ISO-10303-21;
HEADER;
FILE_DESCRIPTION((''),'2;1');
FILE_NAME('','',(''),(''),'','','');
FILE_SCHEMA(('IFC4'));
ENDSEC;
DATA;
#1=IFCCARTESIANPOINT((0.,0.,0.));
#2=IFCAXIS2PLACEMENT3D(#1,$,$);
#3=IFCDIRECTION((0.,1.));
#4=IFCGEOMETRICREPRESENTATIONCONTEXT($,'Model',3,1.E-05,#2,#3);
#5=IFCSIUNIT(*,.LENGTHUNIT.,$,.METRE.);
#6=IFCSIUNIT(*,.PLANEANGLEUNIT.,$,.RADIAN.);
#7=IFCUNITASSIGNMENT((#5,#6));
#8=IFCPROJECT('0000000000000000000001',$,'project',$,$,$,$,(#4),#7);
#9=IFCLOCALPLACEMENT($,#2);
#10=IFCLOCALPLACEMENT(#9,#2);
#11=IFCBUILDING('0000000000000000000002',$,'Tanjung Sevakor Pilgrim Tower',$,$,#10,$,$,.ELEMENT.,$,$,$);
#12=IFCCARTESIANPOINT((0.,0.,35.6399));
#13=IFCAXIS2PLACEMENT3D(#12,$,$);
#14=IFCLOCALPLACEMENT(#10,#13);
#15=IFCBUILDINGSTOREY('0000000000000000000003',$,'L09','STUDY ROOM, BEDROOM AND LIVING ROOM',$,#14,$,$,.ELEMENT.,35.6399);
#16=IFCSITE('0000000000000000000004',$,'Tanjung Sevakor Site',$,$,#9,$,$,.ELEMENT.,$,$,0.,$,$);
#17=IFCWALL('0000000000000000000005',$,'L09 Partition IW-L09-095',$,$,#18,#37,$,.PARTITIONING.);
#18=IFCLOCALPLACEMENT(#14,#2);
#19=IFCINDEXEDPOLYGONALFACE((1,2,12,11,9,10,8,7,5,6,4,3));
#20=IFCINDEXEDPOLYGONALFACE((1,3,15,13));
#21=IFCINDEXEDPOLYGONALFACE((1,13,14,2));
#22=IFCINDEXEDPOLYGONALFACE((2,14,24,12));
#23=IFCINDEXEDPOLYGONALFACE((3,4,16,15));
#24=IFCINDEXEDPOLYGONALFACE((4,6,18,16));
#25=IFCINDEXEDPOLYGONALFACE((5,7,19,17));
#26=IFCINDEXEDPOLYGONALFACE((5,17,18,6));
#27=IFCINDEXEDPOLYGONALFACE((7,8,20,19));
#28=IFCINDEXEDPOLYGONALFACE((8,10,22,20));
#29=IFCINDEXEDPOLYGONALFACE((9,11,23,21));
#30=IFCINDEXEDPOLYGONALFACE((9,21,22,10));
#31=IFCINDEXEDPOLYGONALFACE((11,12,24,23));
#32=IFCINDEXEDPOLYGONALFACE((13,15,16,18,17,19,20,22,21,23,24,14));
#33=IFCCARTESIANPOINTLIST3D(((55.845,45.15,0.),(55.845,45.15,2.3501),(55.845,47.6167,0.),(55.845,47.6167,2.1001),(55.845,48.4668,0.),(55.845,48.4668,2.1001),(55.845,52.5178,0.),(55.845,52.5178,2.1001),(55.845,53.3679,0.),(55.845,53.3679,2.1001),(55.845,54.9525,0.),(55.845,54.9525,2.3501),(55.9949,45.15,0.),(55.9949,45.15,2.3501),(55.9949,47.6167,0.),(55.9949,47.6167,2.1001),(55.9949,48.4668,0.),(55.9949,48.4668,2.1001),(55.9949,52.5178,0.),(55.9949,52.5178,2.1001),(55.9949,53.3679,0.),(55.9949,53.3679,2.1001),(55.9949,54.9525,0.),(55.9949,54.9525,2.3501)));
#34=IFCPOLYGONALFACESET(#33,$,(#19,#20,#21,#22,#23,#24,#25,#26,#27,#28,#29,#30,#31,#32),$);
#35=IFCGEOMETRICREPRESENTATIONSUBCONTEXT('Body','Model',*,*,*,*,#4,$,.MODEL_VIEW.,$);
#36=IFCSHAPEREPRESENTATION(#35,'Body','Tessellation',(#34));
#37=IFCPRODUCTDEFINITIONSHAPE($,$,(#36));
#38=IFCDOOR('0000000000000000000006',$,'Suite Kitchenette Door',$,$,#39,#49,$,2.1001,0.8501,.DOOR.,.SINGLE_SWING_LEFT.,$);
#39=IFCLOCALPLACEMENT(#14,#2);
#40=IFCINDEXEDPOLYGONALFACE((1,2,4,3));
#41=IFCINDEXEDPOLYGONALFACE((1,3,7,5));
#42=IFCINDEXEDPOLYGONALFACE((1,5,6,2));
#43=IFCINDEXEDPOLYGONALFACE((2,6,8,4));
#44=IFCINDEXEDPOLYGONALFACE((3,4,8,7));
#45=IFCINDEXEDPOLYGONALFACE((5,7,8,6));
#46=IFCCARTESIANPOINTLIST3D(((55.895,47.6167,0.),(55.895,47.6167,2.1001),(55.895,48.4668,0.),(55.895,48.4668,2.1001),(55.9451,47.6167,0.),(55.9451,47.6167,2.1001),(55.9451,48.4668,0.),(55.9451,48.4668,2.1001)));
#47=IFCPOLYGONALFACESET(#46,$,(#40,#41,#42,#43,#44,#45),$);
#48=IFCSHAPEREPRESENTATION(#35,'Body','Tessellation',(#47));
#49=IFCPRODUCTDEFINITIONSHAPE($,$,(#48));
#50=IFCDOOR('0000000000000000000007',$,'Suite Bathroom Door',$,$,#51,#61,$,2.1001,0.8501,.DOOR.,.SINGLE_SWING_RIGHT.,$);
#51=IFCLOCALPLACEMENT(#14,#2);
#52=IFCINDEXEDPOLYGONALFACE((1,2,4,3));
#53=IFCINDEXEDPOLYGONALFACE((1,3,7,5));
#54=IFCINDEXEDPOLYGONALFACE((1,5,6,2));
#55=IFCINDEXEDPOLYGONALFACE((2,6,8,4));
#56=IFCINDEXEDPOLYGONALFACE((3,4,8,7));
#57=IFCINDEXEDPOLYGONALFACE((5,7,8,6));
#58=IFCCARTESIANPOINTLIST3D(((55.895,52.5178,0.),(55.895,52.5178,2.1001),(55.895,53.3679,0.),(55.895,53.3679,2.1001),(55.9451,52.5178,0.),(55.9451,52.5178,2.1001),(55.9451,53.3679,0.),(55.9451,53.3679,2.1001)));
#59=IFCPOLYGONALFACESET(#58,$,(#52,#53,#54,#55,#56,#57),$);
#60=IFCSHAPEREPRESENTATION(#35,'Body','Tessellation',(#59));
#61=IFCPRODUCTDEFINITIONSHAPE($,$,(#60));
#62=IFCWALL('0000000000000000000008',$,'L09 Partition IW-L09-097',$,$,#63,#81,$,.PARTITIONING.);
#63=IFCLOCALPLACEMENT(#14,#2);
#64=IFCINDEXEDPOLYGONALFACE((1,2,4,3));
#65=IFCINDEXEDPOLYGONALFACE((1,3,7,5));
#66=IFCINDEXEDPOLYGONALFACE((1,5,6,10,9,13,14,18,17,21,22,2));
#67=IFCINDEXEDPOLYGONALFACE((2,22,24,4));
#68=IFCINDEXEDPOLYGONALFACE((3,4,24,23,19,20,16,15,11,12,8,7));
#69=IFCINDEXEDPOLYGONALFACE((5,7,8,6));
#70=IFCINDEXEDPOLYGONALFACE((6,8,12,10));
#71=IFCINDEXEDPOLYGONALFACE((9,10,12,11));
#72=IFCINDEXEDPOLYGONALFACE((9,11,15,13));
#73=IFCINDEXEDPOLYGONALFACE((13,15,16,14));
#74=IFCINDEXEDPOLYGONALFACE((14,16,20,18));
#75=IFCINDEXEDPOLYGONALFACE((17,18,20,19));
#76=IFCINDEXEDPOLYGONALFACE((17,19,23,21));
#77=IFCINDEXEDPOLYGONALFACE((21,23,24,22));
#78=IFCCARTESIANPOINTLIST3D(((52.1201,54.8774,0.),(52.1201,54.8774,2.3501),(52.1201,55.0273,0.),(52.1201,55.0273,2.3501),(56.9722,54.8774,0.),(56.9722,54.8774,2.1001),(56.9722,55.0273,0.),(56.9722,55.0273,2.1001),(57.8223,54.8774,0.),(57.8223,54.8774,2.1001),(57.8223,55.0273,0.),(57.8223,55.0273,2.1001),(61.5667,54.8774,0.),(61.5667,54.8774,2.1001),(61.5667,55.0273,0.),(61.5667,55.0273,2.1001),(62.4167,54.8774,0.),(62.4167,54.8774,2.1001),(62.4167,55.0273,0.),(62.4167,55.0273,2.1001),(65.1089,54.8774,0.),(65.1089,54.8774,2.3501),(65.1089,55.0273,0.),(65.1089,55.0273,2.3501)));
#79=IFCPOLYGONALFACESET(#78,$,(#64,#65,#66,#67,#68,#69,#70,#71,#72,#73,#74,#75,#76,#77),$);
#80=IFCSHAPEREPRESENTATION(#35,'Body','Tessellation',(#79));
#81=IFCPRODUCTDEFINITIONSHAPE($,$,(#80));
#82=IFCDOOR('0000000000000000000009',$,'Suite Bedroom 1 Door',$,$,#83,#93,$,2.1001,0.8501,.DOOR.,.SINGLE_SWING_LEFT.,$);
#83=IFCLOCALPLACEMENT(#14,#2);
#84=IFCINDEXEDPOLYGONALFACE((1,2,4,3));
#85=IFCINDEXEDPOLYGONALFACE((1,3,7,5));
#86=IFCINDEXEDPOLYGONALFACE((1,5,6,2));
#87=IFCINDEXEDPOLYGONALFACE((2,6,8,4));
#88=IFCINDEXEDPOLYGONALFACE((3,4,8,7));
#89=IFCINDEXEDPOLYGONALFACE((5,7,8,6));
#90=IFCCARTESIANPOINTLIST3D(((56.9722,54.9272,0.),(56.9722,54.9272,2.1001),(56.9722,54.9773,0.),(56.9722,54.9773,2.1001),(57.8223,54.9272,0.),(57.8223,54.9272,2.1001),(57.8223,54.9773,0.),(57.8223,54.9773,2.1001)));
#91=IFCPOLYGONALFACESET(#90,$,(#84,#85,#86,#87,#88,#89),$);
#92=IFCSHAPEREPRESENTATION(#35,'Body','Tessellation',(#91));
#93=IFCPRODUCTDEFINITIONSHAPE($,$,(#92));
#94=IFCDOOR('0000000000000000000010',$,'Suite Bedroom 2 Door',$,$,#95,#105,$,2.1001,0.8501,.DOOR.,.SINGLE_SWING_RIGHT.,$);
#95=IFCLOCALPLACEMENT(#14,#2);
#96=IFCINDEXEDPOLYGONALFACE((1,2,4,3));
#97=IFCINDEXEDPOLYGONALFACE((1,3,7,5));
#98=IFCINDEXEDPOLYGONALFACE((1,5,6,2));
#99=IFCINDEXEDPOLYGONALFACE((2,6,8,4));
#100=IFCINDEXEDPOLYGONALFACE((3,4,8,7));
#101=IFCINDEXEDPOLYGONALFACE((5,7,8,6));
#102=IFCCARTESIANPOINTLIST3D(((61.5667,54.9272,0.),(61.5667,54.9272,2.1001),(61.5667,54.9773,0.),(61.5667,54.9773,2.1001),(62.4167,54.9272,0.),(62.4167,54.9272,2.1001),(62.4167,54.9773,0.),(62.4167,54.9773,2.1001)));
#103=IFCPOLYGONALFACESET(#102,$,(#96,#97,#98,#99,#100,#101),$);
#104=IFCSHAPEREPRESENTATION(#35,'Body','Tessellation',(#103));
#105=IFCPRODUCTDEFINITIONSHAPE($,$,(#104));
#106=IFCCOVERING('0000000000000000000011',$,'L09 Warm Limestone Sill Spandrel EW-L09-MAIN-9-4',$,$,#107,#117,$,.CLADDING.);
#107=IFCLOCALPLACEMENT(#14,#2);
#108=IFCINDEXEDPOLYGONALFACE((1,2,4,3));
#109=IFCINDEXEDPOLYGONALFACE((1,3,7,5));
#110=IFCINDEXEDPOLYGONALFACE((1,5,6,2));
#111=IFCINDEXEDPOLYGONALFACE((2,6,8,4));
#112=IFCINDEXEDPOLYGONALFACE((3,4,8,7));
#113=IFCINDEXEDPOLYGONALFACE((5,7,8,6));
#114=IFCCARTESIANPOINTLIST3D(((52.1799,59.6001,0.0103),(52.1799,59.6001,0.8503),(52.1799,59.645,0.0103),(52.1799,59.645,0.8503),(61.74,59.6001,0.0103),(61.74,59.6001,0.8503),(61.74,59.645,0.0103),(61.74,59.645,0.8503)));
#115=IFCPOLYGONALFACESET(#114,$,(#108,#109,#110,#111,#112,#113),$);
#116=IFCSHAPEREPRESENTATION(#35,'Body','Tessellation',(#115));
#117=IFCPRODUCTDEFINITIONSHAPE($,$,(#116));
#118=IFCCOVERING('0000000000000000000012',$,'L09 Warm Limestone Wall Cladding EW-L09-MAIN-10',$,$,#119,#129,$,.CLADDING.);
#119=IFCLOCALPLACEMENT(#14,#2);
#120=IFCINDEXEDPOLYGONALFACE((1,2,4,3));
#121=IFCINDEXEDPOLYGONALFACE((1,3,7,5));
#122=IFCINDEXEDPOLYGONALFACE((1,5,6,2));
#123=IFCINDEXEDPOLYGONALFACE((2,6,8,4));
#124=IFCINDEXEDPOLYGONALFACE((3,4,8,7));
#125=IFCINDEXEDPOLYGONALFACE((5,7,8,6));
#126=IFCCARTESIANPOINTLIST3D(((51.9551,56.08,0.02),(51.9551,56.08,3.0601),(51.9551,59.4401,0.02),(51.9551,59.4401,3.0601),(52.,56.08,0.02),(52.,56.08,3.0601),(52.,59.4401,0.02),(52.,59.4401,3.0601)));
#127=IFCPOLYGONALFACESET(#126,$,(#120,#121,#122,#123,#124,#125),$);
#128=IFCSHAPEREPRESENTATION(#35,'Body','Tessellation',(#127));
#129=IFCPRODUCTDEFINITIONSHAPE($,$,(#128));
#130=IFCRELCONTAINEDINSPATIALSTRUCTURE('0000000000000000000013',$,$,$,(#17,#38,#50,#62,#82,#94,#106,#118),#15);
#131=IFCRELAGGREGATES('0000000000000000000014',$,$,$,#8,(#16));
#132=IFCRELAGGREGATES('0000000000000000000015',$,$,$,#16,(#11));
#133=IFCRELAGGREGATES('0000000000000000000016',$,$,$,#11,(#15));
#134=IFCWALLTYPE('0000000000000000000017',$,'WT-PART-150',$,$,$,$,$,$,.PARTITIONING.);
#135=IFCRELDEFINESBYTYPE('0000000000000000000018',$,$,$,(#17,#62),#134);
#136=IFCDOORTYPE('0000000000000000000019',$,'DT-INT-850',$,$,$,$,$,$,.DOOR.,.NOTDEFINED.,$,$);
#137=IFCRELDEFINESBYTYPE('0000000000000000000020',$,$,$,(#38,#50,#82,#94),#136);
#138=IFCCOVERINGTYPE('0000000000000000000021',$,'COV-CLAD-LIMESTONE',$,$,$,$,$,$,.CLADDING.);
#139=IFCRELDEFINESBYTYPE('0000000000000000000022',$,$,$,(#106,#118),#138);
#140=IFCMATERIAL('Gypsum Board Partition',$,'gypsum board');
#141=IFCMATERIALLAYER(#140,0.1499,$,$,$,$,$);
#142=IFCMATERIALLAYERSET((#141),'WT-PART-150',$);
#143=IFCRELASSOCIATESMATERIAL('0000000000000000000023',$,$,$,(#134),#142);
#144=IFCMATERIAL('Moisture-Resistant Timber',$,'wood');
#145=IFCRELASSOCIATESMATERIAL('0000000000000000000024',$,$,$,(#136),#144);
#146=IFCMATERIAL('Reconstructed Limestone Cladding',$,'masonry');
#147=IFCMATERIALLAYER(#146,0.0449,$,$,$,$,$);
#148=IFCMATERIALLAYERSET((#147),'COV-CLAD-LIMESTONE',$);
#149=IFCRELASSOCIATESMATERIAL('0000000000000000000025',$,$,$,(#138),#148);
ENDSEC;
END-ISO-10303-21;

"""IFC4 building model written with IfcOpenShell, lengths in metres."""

from ifc_helpers import new_model, si_unit, direction, frame, frame_2d, origin, origin_2d, place, context, subcontext, project, spatial, rectangle, extrude, material, layer, layer_set, type_object, element, fill, save


model = new_model("IFC4")

# Units and contexts
model_context = context("Model", 3, precision=1e-05, world=origin(), true_north=direction((0.0, 1.0)))
body_context = subcontext(model_context, "Body", "Model", "MODEL_VIEW")
ifc_project = project(units=[si_unit("LENGTHUNIT", "METRE"), si_unit("PLANEANGLEUNIT", "RADIAN")], contexts=[model_context])

# Site, building, storey
site_placement = place(None, origin())
site = spatial("IfcSite", under=ifc_project, at=site_placement, Name="Tanjung Sevakor Site", CompositionType="ELEMENT", RefElevation=0.0)
building_placement = place(site_placement, origin())
building = spatial("IfcBuilding", under=site, at=building_placement, Name="Tanjung Sevakor Pilgrim Tower", CompositionType="ELEMENT")
storey_placement = place(building_placement, frame((0.0, 0.0, 35.6399)))
storey = spatial("IfcBuildingStorey", under=building, at=storey_placement, Name="L09", Description="STUDY ROOM, BEDROOM AND LIVING ROOM", CompositionType="ELEMENT", Elevation=35.6399)

# Shared definitions
ifc_material_1 = material(Name="Gypsum Board Partition", Category="gypsum board")
ifc_layer_1 = layer(ifc_material_1, 0.1499)
ifc_layer_set_1 = layer_set([ifc_layer_1], Name="WT-PART-150")
wall_type_1 = type_object("IfcWallType", Name="WT-PART-150", PredefinedType="PARTITIONING", material=ifc_layer_set_1)

# Walls, openings, doors
wall_1_placement = place(storey_placement, frame((55.9199, 45.1499, 0.0), z_axis=(0.0, 0.0, 1.0), x_axis=(0.0, 1.0, 0.0)))
wall_1 = element("IfcWall", 1, at=wall_1_placement, inside=storey, type_object=wall_type_1, Name="L09 Partition IW-L09-095", PredefinedType="PARTITIONING", context=body_context, shape_type="SweptSolid", body=[
    extrude(rectangle(XDim=9.8025, YDim=0.1499, at=frame_2d((4.9014, 0.0))), origin(), (0.0, 0.0, 1.0), 2.3501),
])
opening_1_placement = place(wall_1_placement, frame((2.4668, 0.0, 0.0)))
opening_1 = element("IfcOpeningElement", 2, at=opening_1_placement, cuts=wall_1, PredefinedType="OPENING", context=body_context, shape_type="SweptSolid", body=[
    extrude(rectangle(XDim=0.8501, YDim=2.1001, at=frame_2d((0.425, 1.05))), frame((0.0, 0.085, 0.0), z_axis=(0.0, -1.0, 0.0), x_axis=(1.0, 0.0, 0.0)), (0.0, 0.0, 1.0), 0.1699),
])
opening_2_placement = place(wall_1_placement, frame((7.3679, 0.0, 0.0)))
opening_2 = element("IfcOpeningElement", 3, at=opening_2_placement, cuts=wall_1, PredefinedType="OPENING", context=body_context, shape_type="SweptSolid", body=[
    extrude(rectangle(XDim=0.8501, YDim=2.1001, at=frame_2d((0.425, 1.05))), frame((0.0, 0.085, 0.0), z_axis=(0.0, -1.0, 0.0), x_axis=(1.0, 0.0, 0.0)), (0.0, 0.0, 1.0), 0.1699),
])
ifc_material_2 = material(Name="Moisture-Resistant Timber", Category="wood")
door_type_1 = type_object("IfcDoorType", Name="DT-INT-850", OperationType="NOTDEFINED", PredefinedType="DOOR", material=ifc_material_2)
door_1_placement = place(opening_1_placement, origin())
door_1 = element("IfcDoor", 4, at=door_1_placement, inside=storey, type_object=door_type_1, Name="Suite Kitchenette Door", OperationType="SINGLE_SWING_LEFT", OverallHeight=2.1001, OverallWidth=0.8501, PredefinedType="DOOR", context=body_context, shape_type="SweptSolid", body=[
    extrude(rectangle(XDim=0.8501, YDim=2.1001, at=frame_2d((0.425, 1.05))), frame((0.0, 0.0249, 0.0), z_axis=(0.0, -1.0, 0.0), x_axis=(1.0, 0.0, 0.0)), (0.0, 0.0, 1.0), 0.05),
])
fill(opening_1, door_1)
door_2_placement = place(opening_2_placement, origin())
door_2 = element("IfcDoor", 5, at=door_2_placement, inside=storey, type_object=door_type_1, Name="Suite Bathroom Door", OperationType="SINGLE_SWING_RIGHT", OverallHeight=2.1001, OverallWidth=0.8501, PredefinedType="DOOR", context=body_context, shape_type="SweptSolid", body=[
    extrude(rectangle(XDim=0.8501, YDim=2.1001, at=frame_2d((0.425, 1.05))), frame((0.0, 0.0249, 0.0), z_axis=(0.0, -1.0, 0.0), x_axis=(1.0, 0.0, 0.0)), (0.0, 0.0, 1.0), 0.05),
])
fill(opening_2, door_2)
wall_2_placement = place(storey_placement, frame((52.1201, 54.9524, 0.0), z_axis=(0.0, 0.0, 1.0), x_axis=(1.0, 0.0, 0.0)))
wall_2 = element("IfcWall", 6, at=wall_2_placement, inside=storey, type_object=wall_type_1, Name="L09 Partition IW-L09-097", PredefinedType="PARTITIONING", context=body_context, shape_type="SweptSolid", body=[
    extrude(rectangle(XDim=12.9888, YDim=0.1499, at=frame_2d((6.4944, 0.0))), origin(), (0.0, 0.0, 1.0), 2.3501),
])
opening_3_placement = place(wall_2_placement, frame((4.8521, 0.0, 0.0)))
opening_3 = element("IfcOpeningElement", 7, at=opening_3_placement, cuts=wall_2, PredefinedType="OPENING", context=body_context, shape_type="SweptSolid", body=[
    extrude(rectangle(XDim=0.8501, YDim=2.1001, at=frame_2d((0.425, 1.05))), frame((0.0, 0.085, 0.0), z_axis=(0.0, -1.0, 0.0), x_axis=(1.0, 0.0, 0.0)), (0.0, 0.0, 1.0), 0.1699),
])
opening_4_placement = place(wall_2_placement, frame((9.4465, 0.0, 0.0)))
opening_4 = element("IfcOpeningElement", 8, at=opening_4_placement, cuts=wall_2, PredefinedType="OPENING", context=body_context, shape_type="SweptSolid", body=[
    extrude(rectangle(XDim=0.8501, YDim=2.1001, at=frame_2d((0.425, 1.05))), frame((0.0, 0.085, 0.0), z_axis=(0.0, -1.0, 0.0), x_axis=(1.0, 0.0, 0.0)), (0.0, 0.0, 1.0), 0.1699),
])
door_3_placement = place(opening_3_placement, origin())
door_3 = element("IfcDoor", 9, at=door_3_placement, inside=storey, type_object=door_type_1, Name="Suite Bedroom 1 Door", OperationType="SINGLE_SWING_LEFT", OverallHeight=2.1001, OverallWidth=0.8501, PredefinedType="DOOR", context=body_context, shape_type="SweptSolid", body=[
    extrude(rectangle(XDim=0.8501, YDim=2.1001, at=frame_2d((0.425, 1.05))), frame((0.0, 0.0249, 0.0), z_axis=(0.0, -1.0, 0.0), x_axis=(1.0, 0.0, 0.0)), (0.0, 0.0, 1.0), 0.05),
])
fill(opening_3, door_3)
door_4_placement = place(opening_4_placement, origin())
door_4 = element("IfcDoor", 10, at=door_4_placement, inside=storey, type_object=door_type_1, Name="Suite Bedroom 2 Door", OperationType="SINGLE_SWING_RIGHT", OverallHeight=2.1001, OverallWidth=0.8501, PredefinedType="DOOR", context=body_context, shape_type="SweptSolid", body=[
    extrude(rectangle(XDim=0.8501, YDim=2.1001, at=frame_2d((0.425, 1.05))), frame((0.0, 0.0249, 0.0), z_axis=(0.0, -1.0, 0.0), x_axis=(1.0, 0.0, 0.0)), (0.0, 0.0, 1.0), 0.05),
])
fill(opening_4, door_4)

# Coverings
ifc_material_3 = material(Name="Reconstructed Limestone Cladding", Category="masonry")
ifc_layer_2 = layer(ifc_material_3, 0.0449)
ifc_layer_set_2 = layer_set([ifc_layer_2], Name="COV-CLAD-LIMESTONE")
covering_type = type_object("IfcCoveringType", Name="COV-CLAD-LIMESTONE", PredefinedType="CLADDING", material=ifc_layer_set_2)
covering_1_placement = place(storey_placement, frame((56.96, 59.6226, 0.0103), z_axis=(0.0, 0.0, 1.0), x_axis=(-1.0, 0.0, 0.0)))
element("IfcCovering", 11, at=covering_1_placement, inside=storey, type_object=covering_type, Name="L09 Warm Limestone Sill Spandrel EW-L09-MAIN-9-4", PredefinedType="CLADDING", context=body_context, shape_type="SweptSolid", body=[
    extrude(rectangle(XDim=9.5601, YDim=0.0449, at=origin_2d()), origin(), (0.0, 0.0, 1.0), 0.8401),
])
covering_2_placement = place(storey_placement, frame((51.9775, 57.76, 0.02), z_axis=(0.0, 0.0, 1.0), x_axis=(0.0, -1.0, 0.0)))
element("IfcCovering", 12, at=covering_2_placement, inside=storey, type_object=covering_type, Name="L09 Warm Limestone Wall Cladding EW-L09-MAIN-10", PredefinedType="CLADDING", context=body_context, shape_type="SweptSolid", body=[
    extrude(rectangle(XDim=3.3601, YDim=0.0449, at=origin_2d()), origin(), (0.0, 0.0, 1.0), 3.04),
])

save(model, "model.ifc")
